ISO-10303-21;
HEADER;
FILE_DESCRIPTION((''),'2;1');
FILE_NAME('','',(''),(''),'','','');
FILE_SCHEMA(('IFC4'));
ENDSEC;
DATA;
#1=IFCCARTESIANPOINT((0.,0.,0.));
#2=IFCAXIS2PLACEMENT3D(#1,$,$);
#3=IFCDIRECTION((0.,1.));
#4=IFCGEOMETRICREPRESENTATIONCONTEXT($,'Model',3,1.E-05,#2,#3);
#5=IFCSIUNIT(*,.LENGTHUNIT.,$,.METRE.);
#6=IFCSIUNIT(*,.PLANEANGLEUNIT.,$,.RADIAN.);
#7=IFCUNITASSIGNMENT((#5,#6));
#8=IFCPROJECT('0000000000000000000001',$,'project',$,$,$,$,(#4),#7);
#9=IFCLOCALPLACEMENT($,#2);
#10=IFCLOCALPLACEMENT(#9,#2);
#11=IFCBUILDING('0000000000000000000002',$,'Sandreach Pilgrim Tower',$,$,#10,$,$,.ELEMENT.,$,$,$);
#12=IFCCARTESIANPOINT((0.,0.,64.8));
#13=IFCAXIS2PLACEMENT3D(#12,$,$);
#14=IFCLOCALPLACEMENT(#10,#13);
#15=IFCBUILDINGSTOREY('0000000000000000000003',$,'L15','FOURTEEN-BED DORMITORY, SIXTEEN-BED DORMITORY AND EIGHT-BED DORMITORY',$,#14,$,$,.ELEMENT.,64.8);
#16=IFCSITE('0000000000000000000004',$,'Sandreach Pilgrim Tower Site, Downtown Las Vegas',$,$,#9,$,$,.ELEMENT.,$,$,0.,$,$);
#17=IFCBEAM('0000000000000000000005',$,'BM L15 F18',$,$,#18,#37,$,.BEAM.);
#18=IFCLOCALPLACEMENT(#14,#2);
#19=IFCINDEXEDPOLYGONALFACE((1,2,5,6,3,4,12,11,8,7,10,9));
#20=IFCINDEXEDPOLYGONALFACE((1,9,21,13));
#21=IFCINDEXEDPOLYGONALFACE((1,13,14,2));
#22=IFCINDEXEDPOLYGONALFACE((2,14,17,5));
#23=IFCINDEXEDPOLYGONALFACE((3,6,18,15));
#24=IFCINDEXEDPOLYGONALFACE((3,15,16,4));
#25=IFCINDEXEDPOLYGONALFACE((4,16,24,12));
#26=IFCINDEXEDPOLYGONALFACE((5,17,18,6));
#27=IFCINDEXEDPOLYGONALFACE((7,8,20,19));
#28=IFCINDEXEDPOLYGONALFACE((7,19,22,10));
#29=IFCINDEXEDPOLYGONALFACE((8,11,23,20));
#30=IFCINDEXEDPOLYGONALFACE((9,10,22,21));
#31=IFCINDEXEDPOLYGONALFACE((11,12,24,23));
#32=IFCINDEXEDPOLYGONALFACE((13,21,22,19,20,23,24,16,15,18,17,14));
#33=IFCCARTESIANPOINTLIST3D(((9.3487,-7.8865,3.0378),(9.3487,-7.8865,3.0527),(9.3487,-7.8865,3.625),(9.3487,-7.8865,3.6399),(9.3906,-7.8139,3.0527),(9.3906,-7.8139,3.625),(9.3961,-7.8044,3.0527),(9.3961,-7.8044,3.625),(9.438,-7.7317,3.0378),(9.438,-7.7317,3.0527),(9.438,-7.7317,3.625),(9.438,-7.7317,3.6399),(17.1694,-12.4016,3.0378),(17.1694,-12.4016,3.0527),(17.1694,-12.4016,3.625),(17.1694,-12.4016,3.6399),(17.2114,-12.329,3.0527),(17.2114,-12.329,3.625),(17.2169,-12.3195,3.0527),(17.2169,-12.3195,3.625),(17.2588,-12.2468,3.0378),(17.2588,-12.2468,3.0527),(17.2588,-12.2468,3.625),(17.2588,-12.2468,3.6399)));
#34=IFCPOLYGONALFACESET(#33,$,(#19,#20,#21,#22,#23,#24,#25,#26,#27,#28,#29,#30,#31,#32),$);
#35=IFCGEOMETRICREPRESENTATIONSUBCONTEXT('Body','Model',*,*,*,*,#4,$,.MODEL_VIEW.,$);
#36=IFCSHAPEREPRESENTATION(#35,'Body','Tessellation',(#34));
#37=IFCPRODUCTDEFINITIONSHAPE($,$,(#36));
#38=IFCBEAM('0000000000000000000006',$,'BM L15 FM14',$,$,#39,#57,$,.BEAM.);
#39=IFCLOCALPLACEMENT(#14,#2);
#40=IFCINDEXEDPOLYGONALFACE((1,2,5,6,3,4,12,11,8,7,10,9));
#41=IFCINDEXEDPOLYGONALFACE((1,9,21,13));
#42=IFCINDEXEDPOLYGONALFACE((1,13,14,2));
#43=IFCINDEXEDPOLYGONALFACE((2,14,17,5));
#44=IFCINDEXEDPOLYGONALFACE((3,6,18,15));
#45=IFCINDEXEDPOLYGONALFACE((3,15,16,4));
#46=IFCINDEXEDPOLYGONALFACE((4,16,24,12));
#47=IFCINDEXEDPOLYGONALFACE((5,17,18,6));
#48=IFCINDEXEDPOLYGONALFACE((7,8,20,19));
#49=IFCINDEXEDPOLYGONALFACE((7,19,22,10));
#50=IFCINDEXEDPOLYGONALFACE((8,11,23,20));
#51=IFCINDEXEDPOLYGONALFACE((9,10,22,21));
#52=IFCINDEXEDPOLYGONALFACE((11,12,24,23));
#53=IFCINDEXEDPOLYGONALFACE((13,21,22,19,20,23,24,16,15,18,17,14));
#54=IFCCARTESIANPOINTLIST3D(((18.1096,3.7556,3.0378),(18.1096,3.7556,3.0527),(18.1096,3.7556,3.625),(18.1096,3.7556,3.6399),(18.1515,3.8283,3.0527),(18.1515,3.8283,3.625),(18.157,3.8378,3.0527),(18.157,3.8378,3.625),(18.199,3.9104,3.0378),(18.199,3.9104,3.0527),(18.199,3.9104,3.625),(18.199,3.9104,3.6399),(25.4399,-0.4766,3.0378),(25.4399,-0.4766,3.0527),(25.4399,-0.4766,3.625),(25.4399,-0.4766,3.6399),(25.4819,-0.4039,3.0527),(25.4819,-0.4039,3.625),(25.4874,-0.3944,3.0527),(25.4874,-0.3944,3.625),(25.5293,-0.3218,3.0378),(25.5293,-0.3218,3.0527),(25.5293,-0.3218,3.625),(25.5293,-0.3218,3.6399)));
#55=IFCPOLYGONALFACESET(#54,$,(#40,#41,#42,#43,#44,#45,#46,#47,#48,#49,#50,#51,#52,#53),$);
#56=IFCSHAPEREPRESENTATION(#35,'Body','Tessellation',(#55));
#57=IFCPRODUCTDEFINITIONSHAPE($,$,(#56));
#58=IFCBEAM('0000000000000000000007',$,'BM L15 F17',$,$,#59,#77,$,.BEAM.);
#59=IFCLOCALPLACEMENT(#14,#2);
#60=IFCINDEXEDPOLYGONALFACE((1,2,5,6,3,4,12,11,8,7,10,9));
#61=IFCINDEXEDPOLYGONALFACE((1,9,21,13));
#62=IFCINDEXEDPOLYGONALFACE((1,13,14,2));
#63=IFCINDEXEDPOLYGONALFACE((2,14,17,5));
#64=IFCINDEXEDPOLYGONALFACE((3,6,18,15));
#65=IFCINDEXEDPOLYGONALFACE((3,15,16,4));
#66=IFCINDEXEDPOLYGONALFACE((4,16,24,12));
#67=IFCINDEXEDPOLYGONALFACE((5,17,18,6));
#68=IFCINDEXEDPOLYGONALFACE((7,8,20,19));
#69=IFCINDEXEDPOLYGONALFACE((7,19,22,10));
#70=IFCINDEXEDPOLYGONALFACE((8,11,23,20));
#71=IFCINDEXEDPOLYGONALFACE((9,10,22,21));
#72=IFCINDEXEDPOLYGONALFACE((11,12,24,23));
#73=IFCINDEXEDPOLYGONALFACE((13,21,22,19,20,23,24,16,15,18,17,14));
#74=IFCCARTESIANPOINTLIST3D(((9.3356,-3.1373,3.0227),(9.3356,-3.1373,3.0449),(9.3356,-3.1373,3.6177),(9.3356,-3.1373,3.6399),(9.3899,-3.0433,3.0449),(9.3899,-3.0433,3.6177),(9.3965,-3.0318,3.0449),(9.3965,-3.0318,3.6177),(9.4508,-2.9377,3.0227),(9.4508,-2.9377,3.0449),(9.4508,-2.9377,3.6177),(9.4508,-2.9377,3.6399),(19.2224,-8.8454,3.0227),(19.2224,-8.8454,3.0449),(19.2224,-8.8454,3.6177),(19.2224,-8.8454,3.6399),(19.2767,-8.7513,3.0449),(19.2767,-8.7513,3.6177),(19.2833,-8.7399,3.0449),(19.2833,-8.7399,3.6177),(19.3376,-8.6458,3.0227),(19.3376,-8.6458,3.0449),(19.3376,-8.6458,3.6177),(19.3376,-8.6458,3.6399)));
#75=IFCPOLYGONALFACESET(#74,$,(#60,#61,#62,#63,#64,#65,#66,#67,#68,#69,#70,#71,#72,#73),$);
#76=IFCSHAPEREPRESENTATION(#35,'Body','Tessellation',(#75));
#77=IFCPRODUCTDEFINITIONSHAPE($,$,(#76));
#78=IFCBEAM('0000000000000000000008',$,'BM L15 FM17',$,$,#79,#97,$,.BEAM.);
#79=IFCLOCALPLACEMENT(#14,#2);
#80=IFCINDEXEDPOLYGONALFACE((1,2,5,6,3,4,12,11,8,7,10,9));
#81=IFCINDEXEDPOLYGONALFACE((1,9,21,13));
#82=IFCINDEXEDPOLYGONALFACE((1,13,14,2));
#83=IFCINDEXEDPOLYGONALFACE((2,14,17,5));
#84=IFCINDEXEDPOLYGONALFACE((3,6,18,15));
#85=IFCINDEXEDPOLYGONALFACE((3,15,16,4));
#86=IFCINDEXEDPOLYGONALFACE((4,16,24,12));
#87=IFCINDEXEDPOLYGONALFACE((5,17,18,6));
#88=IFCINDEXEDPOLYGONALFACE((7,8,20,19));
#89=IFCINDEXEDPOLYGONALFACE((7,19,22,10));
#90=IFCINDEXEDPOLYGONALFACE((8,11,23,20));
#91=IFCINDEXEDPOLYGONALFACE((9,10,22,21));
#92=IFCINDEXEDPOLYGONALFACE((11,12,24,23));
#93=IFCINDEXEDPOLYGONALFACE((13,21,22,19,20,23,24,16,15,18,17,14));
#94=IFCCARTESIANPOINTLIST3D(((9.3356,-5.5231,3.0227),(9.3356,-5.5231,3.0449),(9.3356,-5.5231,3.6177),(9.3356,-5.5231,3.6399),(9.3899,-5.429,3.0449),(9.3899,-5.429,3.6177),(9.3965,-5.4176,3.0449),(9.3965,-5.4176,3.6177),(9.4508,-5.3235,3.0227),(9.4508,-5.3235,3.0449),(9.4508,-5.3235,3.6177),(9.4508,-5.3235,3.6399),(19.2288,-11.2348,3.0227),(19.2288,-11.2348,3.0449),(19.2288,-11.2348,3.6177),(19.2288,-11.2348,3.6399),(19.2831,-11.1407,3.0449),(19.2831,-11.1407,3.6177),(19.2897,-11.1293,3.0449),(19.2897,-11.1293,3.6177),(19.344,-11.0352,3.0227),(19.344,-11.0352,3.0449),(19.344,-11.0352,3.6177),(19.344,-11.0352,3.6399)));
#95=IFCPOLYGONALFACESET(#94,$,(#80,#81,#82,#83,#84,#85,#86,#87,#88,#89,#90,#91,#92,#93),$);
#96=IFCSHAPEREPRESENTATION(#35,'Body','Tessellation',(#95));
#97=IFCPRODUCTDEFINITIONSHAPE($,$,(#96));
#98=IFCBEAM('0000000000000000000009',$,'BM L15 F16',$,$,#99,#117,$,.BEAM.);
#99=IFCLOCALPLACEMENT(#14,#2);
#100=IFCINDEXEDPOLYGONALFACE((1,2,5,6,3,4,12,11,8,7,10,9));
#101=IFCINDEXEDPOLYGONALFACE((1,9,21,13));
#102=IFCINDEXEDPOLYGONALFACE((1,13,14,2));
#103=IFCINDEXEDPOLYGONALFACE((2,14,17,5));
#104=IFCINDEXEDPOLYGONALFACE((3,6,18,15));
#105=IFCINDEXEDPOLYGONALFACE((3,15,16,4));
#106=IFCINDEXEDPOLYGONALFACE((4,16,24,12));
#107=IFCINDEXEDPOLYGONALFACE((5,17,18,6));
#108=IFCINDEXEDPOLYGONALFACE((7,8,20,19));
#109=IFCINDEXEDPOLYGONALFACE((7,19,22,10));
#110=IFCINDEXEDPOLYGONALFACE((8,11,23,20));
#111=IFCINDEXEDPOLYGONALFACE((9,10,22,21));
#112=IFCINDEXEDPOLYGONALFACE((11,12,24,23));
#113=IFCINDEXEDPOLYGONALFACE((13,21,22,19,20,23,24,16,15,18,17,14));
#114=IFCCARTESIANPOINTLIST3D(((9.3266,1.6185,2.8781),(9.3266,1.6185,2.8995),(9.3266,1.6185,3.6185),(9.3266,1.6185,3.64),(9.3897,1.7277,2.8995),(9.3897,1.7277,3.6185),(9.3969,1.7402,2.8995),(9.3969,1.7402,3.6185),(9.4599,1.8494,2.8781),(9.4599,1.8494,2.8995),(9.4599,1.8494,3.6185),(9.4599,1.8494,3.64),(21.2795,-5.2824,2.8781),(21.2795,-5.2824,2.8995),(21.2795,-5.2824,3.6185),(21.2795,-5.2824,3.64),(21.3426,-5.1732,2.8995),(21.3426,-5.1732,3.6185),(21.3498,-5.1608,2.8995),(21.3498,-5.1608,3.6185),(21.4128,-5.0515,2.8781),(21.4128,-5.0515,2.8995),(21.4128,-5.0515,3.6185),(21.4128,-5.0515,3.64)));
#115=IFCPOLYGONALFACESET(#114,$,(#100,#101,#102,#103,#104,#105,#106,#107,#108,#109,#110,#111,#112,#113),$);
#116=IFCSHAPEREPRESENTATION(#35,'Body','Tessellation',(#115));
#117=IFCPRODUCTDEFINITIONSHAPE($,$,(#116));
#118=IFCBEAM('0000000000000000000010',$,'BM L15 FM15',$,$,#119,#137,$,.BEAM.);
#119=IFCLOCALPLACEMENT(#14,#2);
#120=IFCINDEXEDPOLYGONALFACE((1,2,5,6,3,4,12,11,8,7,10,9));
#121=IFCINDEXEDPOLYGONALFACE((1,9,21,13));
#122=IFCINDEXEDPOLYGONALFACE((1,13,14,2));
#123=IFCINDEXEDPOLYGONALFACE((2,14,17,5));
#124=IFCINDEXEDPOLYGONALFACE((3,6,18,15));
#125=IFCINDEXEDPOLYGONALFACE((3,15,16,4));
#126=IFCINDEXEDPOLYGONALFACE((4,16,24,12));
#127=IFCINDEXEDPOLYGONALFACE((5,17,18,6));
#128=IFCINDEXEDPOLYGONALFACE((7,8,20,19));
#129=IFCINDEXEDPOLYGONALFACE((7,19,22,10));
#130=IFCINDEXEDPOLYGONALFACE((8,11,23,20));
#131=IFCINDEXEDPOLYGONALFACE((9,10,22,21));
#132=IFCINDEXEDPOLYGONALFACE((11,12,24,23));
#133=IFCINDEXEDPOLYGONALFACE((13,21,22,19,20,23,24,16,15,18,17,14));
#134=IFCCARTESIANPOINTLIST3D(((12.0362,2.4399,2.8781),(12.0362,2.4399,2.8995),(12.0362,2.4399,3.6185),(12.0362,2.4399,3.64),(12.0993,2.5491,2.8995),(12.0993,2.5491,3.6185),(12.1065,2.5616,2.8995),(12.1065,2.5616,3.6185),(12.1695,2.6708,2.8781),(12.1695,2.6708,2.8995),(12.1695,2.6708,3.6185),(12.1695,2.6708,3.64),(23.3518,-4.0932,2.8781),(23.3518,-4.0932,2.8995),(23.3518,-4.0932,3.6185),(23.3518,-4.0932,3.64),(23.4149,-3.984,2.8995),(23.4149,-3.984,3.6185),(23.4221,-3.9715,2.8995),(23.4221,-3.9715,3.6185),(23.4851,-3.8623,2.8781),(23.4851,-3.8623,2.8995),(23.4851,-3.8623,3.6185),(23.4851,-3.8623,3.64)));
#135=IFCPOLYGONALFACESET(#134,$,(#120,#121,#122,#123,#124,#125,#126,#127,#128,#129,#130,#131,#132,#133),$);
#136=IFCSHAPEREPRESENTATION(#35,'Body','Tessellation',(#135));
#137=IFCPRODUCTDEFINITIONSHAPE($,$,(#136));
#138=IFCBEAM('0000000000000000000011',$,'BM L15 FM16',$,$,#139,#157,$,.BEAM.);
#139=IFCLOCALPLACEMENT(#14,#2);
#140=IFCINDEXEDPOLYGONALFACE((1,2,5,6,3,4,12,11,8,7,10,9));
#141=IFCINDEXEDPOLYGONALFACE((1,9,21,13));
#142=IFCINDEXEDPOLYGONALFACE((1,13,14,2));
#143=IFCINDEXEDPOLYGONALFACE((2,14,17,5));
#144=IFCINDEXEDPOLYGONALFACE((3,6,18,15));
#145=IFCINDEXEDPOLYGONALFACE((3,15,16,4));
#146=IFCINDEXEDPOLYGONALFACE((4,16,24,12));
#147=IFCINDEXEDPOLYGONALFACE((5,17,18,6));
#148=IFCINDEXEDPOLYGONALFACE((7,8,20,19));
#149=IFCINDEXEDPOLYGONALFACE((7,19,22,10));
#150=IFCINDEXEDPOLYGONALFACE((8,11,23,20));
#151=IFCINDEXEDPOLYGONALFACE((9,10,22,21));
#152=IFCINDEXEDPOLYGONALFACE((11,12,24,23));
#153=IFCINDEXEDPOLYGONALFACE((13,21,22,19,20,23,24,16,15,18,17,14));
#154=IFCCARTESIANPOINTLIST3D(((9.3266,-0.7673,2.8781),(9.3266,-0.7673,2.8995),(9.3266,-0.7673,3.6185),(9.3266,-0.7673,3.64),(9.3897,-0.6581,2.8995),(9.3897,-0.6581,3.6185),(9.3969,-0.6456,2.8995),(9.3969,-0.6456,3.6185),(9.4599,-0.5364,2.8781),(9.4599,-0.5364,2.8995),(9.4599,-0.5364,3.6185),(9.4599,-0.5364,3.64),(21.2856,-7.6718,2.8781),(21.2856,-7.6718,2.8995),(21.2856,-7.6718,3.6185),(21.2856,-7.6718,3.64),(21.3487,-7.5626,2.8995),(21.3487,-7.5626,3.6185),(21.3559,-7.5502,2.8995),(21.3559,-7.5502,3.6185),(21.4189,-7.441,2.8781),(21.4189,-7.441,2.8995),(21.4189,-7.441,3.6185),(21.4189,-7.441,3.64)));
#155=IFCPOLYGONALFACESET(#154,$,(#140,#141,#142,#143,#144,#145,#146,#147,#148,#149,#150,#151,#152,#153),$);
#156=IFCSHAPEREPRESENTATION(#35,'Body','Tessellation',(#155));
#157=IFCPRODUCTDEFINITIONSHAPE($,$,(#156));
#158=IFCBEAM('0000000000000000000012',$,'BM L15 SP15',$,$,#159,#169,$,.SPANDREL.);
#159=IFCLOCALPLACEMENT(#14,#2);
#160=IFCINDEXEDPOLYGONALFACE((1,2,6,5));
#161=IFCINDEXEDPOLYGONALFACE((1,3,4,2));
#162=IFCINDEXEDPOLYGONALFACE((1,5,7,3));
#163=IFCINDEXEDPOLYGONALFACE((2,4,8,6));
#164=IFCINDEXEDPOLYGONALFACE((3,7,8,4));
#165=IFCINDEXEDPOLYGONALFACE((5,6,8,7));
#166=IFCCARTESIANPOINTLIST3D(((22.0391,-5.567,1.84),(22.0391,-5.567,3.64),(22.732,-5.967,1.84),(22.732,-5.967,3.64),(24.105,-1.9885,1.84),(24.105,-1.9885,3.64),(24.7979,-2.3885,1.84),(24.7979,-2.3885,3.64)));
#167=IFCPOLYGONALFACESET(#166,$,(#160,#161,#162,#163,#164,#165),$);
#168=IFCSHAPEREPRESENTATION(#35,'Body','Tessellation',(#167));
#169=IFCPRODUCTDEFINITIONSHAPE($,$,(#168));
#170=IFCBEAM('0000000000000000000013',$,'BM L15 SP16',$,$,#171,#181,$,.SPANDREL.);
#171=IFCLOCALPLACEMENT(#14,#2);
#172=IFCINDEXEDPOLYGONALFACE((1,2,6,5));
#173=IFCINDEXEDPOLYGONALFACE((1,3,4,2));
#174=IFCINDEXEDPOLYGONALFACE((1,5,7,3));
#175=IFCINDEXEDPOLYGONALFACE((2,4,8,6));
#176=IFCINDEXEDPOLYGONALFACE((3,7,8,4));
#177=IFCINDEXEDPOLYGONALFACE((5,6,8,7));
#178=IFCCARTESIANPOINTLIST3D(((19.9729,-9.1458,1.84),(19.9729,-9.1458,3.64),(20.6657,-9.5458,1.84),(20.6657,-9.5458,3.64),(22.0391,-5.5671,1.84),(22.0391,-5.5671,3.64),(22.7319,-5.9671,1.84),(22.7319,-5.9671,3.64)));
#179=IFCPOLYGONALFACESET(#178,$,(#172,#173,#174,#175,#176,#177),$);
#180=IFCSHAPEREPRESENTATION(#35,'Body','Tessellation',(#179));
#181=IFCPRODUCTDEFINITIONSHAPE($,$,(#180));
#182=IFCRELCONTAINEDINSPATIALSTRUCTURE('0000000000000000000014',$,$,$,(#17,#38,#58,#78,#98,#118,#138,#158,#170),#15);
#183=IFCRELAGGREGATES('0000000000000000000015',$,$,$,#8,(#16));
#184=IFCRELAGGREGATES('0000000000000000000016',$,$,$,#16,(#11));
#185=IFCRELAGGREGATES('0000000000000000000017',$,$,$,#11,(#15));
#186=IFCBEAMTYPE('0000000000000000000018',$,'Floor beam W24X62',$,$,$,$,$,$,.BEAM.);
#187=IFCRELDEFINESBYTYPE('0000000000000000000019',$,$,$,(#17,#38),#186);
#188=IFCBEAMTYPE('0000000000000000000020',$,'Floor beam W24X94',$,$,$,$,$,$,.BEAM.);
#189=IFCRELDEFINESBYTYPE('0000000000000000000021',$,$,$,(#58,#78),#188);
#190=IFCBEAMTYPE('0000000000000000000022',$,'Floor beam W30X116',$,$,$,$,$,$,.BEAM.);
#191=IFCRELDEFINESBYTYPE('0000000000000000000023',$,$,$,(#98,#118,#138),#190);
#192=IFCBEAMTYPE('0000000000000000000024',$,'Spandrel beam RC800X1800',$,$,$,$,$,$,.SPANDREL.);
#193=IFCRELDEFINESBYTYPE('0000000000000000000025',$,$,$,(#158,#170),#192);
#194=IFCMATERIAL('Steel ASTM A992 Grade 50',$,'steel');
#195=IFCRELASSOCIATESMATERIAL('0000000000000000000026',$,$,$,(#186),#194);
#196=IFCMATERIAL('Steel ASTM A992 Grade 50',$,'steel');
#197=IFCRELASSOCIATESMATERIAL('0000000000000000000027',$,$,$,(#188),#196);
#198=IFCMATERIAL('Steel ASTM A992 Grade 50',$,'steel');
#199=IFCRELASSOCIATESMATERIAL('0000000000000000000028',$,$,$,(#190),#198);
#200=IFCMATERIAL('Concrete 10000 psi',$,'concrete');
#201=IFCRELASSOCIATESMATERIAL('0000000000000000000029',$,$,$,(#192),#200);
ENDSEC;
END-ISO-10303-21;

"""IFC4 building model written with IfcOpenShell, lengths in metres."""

from ifc_helpers import new_model, si_unit, direction, frame, origin, origin_2d, place, context, subcontext, project, spatial, rectangle, i_section, extrude, material, material_profile, profile_set, type_object, element, save


model = new_model("IFC4")

# Units and contexts
model_context = context("Model", 3, precision=1e-05, world=origin(), true_north=direction((0.0, 1.0)))
body_context = subcontext(model_context, "Body", "Model", "MODEL_VIEW")
ifc_project = project(units=[si_unit("LENGTHUNIT", "METRE"), si_unit("PLANEANGLEUNIT", "RADIAN")], contexts=[model_context])

# Site, building, storey
site_placement = place(None, origin())
site = spatial("IfcSite", under=ifc_project, at=site_placement, Name="Sandreach Pilgrim Tower Site, Downtown Las Vegas", CompositionType="ELEMENT", RefElevation=0.0)
building_placement = place(site_placement, origin())
building = spatial("IfcBuilding", under=site, at=building_placement, Name="Sandreach Pilgrim Tower", CompositionType="ELEMENT")
storey_placement = place(building_placement, frame((0.0, 0.0, 64.8)))
storey = spatial("IfcBuildingStorey", under=building, at=storey_placement, Name="L15", Description="FOURTEEN-BED DORMITORY, SIXTEEN-BED DORMITORY AND EIGHT-BED DORMITORY", CompositionType="ELEMENT", Elevation=64.8)

# Beams
ifc_material_1 = material(Name="Steel ASTM A992 Grade 50", Category="steel")
ifc_material_profile_1 = material_profile(ifc_material_1, i_section(OverallWidth=0.1787, OverallDepth=0.6021, WebThickness=0.011, FlangeThickness=0.0149, at=origin_2d()), Name="W24X62")
ifc_profile_set_1 = profile_set([ifc_material_profile_1], Name="Steel ASTM A992 Grade 50")
beam_type_1 = type_object("IfcBeamType", Name="Floor beam W24X62", PredefinedType="BEAM", material=ifc_profile_set_1)
beam_1_placement = place(storey_placement, frame((17.2141, -12.3242, 3.3389), z_axis=(-0.866035, 0.499983, 0.0), x_axis=(-0.499983, -0.866035, 0.0)))
element("IfcBeam", 1, at=beam_1_placement, inside=storey, type_object=beam_type_1, Name="BM L15 F18", PredefinedType="BEAM", context=body_context, shape_type="SweptSolid", body=[
    extrude(i_section(OverallWidth=0.1787, OverallDepth=0.6021, WebThickness=0.011, FlangeThickness=0.0149, at=origin_2d()), origin(), (0.0, 0.0, 1.0), 9.0305),
])
beam_2_placement = place(storey_placement, frame((25.4846, -0.3992, 3.3389), z_axis=(-0.866025, 0.500001, 0.0), x_axis=(-0.500001, -0.866025, 0.0)))
element("IfcBeam", 2, at=beam_2_placement, inside=storey, type_object=beam_type_1, Name="BM L15 FM14", PredefinedType="BEAM", context=body_context, shape_type="SweptSolid", body=[
    extrude(i_section(OverallWidth=0.1787, OverallDepth=0.6021, WebThickness=0.011, FlangeThickness=0.0149, at=origin_2d()), origin(), (0.0, 0.0, 1.0), 8.4644),
])
ifc_material_2 = material(Name="Steel ASTM A992 Grade 50", Category="steel")
ifc_material_profile_2 = material_profile(ifc_material_2, i_section(OverallWidth=0.2305, OverallDepth=0.6172, WebThickness=0.0132, FlangeThickness=0.0222, at=origin_2d()), Name="W24X94")
ifc_profile_set_2 = profile_set([ifc_material_profile_2], Name="Steel ASTM A992 Grade 50")
beam_type_2 = type_object("IfcBeamType", Name="Floor beam W24X94", PredefinedType="BEAM", material=ifc_profile_set_2)
beam_3_placement = place(storey_placement, frame((19.28, -8.7456, 3.3313), z_axis=(-0.866029, 0.499994, 0.0), x_axis=(-0.499994, -0.866029, 0.0)))
element("IfcBeam", 3, at=beam_3_placement, inside=storey, type_object=beam_type_2, Name="BM L15 F17", PredefinedType="BEAM", context=body_context, shape_type="SweptSolid", body=[
    extrude(i_section(OverallWidth=0.2305, OverallDepth=0.6172, WebThickness=0.0132, FlangeThickness=0.0222, at=origin_2d()), origin(), (0.0, 0.0, 1.0), 11.4163),
])
beam_4_placement = place(storey_placement, frame((19.2864, -11.135, 3.3313), z_axis=(-0.866029, 0.499994, 0.0), x_axis=(-0.499994, -0.866029, 0.0)))
element("IfcBeam", 4, at=beam_4_placement, inside=storey, type_object=beam_type_2, Name="BM L15 FM17", PredefinedType="BEAM", context=body_context, shape_type="SweptSolid", body=[
    extrude(i_section(OverallWidth=0.2305, OverallDepth=0.6172, WebThickness=0.0132, FlangeThickness=0.0222, at=origin_2d()), origin(), (0.0, 0.0, 1.0), 11.4236),
])
ifc_material_3 = material(Name="Steel ASTM A992 Grade 50", Category="steel")
ifc_material_profile_3 = material_profile(ifc_material_3, i_section(OverallWidth=0.2666, OverallDepth=0.762, WebThickness=0.0144, FlangeThickness=0.0215, at=origin_2d()), Name="W30X116")
ifc_profile_set_3 = profile_set([ifc_material_profile_3], Name="Steel ASTM A992 Grade 50")
beam_type_3 = type_object("IfcBeamType", Name="Floor beam W30X116", PredefinedType="BEAM", material=ifc_profile_set_3)
beam_5_placement = place(storey_placement, frame((21.3462, -5.167, 3.259), z_axis=(-0.866029, 0.499993, 0.0), x_axis=(-0.499993, -0.866029, 0.0)))
element("IfcBeam", 5, at=beam_5_placement, inside=storey, type_object=beam_type_3, Name="BM L15 F16", PredefinedType="BEAM", context=body_context, shape_type="SweptSolid", body=[
    extrude(i_section(OverallWidth=0.2666, OverallDepth=0.762, WebThickness=0.0144, FlangeThickness=0.0215, at=origin_2d()), origin(), (0.0, 0.0, 1.0), 13.802),
])
beam_6_placement = place(storey_placement, frame((23.4185, -3.9778, 3.259), z_axis=(-0.866022, 0.500005, 0.0), x_axis=(-0.500005, -0.866022, 0.0)))
element("IfcBeam", 6, at=beam_6_placement, inside=storey, type_object=beam_type_3, Name="BM L15 FM15", PredefinedType="BEAM", context=body_context, shape_type="SweptSolid", body=[
    extrude(i_section(OverallWidth=0.2666, OverallDepth=0.762, WebThickness=0.0144, FlangeThickness=0.0215, at=origin_2d()), origin(), (0.0, 0.0, 1.0), 13.0662),
])
beam_7_placement = place(storey_placement, frame((21.3523, -7.5564, 3.259), z_axis=(-0.866025, 0.500001, 0.0), x_axis=(-0.500001, -0.866025, 0.0)))
element("IfcBeam", 7, at=beam_7_placement, inside=storey, type_object=beam_type_3, Name="BM L15 FM16", PredefinedType="BEAM", context=body_context, shape_type="SweptSolid", body=[
    extrude(i_section(OverallWidth=0.2666, OverallDepth=0.762, WebThickness=0.0144, FlangeThickness=0.0215, at=origin_2d()), origin(), (0.0, 0.0, 1.0), 13.8091),
])
ifc_material_4 = material(Name="Concrete 10000 psi", Category="concrete")
ifc_material_profile_4 = material_profile(ifc_material_4, rectangle(XDim=0.8, YDim=1.8, at=origin_2d()), Name="RC800X1800")
ifc_profile_set_4 = profile_set([ifc_material_profile_4], Name="Concrete 10000 psi")
beam_type_4 = type_object("IfcBeamType", Name="Spandrel beam RC800X1800", PredefinedType="SPANDREL", material=ifc_profile_set_4)
beam_8_placement = place(storey_placement, frame((24.4514, -2.1885, 2.74), z_axis=(-0.499965, -0.866046, 0.0), x_axis=(0.866046, -0.499965, 0.0)))
element("IfcBeam", 8, at=beam_8_placement, inside=storey, type_object=beam_type_4, Name="BM L15 SP15", PredefinedType="SPANDREL", context=body_context, shape_type="SweptSolid", body=[
    extrude(rectangle(XDim=0.8, YDim=1.8, at=origin_2d()), origin(), (0.0, 0.0, 1.0), 4.1321),
])
for number, where, z_axis, x_axis, name in (
    (9, (22.3855, -5.7671, 2.74), (-0.500009, -0.86602, 0.0), (0.86602, -0.500009, 0.0), "BM L15 SP16"),
):
    element("IfcBeam", number, at=place(storey_placement, frame(where, z_axis=z_axis, x_axis=x_axis)), inside=storey, type_object=beam_type_4, Name=name, PredefinedType="SPANDREL", context=body_context, shape_type="SweptSolid", body=[
        extrude(rectangle(XDim=0.8, YDim=1.8, at=origin_2d()), origin(), (0.0, 0.0, 1.0), 4.1323),
    ])

save(model, "model.ifc")
